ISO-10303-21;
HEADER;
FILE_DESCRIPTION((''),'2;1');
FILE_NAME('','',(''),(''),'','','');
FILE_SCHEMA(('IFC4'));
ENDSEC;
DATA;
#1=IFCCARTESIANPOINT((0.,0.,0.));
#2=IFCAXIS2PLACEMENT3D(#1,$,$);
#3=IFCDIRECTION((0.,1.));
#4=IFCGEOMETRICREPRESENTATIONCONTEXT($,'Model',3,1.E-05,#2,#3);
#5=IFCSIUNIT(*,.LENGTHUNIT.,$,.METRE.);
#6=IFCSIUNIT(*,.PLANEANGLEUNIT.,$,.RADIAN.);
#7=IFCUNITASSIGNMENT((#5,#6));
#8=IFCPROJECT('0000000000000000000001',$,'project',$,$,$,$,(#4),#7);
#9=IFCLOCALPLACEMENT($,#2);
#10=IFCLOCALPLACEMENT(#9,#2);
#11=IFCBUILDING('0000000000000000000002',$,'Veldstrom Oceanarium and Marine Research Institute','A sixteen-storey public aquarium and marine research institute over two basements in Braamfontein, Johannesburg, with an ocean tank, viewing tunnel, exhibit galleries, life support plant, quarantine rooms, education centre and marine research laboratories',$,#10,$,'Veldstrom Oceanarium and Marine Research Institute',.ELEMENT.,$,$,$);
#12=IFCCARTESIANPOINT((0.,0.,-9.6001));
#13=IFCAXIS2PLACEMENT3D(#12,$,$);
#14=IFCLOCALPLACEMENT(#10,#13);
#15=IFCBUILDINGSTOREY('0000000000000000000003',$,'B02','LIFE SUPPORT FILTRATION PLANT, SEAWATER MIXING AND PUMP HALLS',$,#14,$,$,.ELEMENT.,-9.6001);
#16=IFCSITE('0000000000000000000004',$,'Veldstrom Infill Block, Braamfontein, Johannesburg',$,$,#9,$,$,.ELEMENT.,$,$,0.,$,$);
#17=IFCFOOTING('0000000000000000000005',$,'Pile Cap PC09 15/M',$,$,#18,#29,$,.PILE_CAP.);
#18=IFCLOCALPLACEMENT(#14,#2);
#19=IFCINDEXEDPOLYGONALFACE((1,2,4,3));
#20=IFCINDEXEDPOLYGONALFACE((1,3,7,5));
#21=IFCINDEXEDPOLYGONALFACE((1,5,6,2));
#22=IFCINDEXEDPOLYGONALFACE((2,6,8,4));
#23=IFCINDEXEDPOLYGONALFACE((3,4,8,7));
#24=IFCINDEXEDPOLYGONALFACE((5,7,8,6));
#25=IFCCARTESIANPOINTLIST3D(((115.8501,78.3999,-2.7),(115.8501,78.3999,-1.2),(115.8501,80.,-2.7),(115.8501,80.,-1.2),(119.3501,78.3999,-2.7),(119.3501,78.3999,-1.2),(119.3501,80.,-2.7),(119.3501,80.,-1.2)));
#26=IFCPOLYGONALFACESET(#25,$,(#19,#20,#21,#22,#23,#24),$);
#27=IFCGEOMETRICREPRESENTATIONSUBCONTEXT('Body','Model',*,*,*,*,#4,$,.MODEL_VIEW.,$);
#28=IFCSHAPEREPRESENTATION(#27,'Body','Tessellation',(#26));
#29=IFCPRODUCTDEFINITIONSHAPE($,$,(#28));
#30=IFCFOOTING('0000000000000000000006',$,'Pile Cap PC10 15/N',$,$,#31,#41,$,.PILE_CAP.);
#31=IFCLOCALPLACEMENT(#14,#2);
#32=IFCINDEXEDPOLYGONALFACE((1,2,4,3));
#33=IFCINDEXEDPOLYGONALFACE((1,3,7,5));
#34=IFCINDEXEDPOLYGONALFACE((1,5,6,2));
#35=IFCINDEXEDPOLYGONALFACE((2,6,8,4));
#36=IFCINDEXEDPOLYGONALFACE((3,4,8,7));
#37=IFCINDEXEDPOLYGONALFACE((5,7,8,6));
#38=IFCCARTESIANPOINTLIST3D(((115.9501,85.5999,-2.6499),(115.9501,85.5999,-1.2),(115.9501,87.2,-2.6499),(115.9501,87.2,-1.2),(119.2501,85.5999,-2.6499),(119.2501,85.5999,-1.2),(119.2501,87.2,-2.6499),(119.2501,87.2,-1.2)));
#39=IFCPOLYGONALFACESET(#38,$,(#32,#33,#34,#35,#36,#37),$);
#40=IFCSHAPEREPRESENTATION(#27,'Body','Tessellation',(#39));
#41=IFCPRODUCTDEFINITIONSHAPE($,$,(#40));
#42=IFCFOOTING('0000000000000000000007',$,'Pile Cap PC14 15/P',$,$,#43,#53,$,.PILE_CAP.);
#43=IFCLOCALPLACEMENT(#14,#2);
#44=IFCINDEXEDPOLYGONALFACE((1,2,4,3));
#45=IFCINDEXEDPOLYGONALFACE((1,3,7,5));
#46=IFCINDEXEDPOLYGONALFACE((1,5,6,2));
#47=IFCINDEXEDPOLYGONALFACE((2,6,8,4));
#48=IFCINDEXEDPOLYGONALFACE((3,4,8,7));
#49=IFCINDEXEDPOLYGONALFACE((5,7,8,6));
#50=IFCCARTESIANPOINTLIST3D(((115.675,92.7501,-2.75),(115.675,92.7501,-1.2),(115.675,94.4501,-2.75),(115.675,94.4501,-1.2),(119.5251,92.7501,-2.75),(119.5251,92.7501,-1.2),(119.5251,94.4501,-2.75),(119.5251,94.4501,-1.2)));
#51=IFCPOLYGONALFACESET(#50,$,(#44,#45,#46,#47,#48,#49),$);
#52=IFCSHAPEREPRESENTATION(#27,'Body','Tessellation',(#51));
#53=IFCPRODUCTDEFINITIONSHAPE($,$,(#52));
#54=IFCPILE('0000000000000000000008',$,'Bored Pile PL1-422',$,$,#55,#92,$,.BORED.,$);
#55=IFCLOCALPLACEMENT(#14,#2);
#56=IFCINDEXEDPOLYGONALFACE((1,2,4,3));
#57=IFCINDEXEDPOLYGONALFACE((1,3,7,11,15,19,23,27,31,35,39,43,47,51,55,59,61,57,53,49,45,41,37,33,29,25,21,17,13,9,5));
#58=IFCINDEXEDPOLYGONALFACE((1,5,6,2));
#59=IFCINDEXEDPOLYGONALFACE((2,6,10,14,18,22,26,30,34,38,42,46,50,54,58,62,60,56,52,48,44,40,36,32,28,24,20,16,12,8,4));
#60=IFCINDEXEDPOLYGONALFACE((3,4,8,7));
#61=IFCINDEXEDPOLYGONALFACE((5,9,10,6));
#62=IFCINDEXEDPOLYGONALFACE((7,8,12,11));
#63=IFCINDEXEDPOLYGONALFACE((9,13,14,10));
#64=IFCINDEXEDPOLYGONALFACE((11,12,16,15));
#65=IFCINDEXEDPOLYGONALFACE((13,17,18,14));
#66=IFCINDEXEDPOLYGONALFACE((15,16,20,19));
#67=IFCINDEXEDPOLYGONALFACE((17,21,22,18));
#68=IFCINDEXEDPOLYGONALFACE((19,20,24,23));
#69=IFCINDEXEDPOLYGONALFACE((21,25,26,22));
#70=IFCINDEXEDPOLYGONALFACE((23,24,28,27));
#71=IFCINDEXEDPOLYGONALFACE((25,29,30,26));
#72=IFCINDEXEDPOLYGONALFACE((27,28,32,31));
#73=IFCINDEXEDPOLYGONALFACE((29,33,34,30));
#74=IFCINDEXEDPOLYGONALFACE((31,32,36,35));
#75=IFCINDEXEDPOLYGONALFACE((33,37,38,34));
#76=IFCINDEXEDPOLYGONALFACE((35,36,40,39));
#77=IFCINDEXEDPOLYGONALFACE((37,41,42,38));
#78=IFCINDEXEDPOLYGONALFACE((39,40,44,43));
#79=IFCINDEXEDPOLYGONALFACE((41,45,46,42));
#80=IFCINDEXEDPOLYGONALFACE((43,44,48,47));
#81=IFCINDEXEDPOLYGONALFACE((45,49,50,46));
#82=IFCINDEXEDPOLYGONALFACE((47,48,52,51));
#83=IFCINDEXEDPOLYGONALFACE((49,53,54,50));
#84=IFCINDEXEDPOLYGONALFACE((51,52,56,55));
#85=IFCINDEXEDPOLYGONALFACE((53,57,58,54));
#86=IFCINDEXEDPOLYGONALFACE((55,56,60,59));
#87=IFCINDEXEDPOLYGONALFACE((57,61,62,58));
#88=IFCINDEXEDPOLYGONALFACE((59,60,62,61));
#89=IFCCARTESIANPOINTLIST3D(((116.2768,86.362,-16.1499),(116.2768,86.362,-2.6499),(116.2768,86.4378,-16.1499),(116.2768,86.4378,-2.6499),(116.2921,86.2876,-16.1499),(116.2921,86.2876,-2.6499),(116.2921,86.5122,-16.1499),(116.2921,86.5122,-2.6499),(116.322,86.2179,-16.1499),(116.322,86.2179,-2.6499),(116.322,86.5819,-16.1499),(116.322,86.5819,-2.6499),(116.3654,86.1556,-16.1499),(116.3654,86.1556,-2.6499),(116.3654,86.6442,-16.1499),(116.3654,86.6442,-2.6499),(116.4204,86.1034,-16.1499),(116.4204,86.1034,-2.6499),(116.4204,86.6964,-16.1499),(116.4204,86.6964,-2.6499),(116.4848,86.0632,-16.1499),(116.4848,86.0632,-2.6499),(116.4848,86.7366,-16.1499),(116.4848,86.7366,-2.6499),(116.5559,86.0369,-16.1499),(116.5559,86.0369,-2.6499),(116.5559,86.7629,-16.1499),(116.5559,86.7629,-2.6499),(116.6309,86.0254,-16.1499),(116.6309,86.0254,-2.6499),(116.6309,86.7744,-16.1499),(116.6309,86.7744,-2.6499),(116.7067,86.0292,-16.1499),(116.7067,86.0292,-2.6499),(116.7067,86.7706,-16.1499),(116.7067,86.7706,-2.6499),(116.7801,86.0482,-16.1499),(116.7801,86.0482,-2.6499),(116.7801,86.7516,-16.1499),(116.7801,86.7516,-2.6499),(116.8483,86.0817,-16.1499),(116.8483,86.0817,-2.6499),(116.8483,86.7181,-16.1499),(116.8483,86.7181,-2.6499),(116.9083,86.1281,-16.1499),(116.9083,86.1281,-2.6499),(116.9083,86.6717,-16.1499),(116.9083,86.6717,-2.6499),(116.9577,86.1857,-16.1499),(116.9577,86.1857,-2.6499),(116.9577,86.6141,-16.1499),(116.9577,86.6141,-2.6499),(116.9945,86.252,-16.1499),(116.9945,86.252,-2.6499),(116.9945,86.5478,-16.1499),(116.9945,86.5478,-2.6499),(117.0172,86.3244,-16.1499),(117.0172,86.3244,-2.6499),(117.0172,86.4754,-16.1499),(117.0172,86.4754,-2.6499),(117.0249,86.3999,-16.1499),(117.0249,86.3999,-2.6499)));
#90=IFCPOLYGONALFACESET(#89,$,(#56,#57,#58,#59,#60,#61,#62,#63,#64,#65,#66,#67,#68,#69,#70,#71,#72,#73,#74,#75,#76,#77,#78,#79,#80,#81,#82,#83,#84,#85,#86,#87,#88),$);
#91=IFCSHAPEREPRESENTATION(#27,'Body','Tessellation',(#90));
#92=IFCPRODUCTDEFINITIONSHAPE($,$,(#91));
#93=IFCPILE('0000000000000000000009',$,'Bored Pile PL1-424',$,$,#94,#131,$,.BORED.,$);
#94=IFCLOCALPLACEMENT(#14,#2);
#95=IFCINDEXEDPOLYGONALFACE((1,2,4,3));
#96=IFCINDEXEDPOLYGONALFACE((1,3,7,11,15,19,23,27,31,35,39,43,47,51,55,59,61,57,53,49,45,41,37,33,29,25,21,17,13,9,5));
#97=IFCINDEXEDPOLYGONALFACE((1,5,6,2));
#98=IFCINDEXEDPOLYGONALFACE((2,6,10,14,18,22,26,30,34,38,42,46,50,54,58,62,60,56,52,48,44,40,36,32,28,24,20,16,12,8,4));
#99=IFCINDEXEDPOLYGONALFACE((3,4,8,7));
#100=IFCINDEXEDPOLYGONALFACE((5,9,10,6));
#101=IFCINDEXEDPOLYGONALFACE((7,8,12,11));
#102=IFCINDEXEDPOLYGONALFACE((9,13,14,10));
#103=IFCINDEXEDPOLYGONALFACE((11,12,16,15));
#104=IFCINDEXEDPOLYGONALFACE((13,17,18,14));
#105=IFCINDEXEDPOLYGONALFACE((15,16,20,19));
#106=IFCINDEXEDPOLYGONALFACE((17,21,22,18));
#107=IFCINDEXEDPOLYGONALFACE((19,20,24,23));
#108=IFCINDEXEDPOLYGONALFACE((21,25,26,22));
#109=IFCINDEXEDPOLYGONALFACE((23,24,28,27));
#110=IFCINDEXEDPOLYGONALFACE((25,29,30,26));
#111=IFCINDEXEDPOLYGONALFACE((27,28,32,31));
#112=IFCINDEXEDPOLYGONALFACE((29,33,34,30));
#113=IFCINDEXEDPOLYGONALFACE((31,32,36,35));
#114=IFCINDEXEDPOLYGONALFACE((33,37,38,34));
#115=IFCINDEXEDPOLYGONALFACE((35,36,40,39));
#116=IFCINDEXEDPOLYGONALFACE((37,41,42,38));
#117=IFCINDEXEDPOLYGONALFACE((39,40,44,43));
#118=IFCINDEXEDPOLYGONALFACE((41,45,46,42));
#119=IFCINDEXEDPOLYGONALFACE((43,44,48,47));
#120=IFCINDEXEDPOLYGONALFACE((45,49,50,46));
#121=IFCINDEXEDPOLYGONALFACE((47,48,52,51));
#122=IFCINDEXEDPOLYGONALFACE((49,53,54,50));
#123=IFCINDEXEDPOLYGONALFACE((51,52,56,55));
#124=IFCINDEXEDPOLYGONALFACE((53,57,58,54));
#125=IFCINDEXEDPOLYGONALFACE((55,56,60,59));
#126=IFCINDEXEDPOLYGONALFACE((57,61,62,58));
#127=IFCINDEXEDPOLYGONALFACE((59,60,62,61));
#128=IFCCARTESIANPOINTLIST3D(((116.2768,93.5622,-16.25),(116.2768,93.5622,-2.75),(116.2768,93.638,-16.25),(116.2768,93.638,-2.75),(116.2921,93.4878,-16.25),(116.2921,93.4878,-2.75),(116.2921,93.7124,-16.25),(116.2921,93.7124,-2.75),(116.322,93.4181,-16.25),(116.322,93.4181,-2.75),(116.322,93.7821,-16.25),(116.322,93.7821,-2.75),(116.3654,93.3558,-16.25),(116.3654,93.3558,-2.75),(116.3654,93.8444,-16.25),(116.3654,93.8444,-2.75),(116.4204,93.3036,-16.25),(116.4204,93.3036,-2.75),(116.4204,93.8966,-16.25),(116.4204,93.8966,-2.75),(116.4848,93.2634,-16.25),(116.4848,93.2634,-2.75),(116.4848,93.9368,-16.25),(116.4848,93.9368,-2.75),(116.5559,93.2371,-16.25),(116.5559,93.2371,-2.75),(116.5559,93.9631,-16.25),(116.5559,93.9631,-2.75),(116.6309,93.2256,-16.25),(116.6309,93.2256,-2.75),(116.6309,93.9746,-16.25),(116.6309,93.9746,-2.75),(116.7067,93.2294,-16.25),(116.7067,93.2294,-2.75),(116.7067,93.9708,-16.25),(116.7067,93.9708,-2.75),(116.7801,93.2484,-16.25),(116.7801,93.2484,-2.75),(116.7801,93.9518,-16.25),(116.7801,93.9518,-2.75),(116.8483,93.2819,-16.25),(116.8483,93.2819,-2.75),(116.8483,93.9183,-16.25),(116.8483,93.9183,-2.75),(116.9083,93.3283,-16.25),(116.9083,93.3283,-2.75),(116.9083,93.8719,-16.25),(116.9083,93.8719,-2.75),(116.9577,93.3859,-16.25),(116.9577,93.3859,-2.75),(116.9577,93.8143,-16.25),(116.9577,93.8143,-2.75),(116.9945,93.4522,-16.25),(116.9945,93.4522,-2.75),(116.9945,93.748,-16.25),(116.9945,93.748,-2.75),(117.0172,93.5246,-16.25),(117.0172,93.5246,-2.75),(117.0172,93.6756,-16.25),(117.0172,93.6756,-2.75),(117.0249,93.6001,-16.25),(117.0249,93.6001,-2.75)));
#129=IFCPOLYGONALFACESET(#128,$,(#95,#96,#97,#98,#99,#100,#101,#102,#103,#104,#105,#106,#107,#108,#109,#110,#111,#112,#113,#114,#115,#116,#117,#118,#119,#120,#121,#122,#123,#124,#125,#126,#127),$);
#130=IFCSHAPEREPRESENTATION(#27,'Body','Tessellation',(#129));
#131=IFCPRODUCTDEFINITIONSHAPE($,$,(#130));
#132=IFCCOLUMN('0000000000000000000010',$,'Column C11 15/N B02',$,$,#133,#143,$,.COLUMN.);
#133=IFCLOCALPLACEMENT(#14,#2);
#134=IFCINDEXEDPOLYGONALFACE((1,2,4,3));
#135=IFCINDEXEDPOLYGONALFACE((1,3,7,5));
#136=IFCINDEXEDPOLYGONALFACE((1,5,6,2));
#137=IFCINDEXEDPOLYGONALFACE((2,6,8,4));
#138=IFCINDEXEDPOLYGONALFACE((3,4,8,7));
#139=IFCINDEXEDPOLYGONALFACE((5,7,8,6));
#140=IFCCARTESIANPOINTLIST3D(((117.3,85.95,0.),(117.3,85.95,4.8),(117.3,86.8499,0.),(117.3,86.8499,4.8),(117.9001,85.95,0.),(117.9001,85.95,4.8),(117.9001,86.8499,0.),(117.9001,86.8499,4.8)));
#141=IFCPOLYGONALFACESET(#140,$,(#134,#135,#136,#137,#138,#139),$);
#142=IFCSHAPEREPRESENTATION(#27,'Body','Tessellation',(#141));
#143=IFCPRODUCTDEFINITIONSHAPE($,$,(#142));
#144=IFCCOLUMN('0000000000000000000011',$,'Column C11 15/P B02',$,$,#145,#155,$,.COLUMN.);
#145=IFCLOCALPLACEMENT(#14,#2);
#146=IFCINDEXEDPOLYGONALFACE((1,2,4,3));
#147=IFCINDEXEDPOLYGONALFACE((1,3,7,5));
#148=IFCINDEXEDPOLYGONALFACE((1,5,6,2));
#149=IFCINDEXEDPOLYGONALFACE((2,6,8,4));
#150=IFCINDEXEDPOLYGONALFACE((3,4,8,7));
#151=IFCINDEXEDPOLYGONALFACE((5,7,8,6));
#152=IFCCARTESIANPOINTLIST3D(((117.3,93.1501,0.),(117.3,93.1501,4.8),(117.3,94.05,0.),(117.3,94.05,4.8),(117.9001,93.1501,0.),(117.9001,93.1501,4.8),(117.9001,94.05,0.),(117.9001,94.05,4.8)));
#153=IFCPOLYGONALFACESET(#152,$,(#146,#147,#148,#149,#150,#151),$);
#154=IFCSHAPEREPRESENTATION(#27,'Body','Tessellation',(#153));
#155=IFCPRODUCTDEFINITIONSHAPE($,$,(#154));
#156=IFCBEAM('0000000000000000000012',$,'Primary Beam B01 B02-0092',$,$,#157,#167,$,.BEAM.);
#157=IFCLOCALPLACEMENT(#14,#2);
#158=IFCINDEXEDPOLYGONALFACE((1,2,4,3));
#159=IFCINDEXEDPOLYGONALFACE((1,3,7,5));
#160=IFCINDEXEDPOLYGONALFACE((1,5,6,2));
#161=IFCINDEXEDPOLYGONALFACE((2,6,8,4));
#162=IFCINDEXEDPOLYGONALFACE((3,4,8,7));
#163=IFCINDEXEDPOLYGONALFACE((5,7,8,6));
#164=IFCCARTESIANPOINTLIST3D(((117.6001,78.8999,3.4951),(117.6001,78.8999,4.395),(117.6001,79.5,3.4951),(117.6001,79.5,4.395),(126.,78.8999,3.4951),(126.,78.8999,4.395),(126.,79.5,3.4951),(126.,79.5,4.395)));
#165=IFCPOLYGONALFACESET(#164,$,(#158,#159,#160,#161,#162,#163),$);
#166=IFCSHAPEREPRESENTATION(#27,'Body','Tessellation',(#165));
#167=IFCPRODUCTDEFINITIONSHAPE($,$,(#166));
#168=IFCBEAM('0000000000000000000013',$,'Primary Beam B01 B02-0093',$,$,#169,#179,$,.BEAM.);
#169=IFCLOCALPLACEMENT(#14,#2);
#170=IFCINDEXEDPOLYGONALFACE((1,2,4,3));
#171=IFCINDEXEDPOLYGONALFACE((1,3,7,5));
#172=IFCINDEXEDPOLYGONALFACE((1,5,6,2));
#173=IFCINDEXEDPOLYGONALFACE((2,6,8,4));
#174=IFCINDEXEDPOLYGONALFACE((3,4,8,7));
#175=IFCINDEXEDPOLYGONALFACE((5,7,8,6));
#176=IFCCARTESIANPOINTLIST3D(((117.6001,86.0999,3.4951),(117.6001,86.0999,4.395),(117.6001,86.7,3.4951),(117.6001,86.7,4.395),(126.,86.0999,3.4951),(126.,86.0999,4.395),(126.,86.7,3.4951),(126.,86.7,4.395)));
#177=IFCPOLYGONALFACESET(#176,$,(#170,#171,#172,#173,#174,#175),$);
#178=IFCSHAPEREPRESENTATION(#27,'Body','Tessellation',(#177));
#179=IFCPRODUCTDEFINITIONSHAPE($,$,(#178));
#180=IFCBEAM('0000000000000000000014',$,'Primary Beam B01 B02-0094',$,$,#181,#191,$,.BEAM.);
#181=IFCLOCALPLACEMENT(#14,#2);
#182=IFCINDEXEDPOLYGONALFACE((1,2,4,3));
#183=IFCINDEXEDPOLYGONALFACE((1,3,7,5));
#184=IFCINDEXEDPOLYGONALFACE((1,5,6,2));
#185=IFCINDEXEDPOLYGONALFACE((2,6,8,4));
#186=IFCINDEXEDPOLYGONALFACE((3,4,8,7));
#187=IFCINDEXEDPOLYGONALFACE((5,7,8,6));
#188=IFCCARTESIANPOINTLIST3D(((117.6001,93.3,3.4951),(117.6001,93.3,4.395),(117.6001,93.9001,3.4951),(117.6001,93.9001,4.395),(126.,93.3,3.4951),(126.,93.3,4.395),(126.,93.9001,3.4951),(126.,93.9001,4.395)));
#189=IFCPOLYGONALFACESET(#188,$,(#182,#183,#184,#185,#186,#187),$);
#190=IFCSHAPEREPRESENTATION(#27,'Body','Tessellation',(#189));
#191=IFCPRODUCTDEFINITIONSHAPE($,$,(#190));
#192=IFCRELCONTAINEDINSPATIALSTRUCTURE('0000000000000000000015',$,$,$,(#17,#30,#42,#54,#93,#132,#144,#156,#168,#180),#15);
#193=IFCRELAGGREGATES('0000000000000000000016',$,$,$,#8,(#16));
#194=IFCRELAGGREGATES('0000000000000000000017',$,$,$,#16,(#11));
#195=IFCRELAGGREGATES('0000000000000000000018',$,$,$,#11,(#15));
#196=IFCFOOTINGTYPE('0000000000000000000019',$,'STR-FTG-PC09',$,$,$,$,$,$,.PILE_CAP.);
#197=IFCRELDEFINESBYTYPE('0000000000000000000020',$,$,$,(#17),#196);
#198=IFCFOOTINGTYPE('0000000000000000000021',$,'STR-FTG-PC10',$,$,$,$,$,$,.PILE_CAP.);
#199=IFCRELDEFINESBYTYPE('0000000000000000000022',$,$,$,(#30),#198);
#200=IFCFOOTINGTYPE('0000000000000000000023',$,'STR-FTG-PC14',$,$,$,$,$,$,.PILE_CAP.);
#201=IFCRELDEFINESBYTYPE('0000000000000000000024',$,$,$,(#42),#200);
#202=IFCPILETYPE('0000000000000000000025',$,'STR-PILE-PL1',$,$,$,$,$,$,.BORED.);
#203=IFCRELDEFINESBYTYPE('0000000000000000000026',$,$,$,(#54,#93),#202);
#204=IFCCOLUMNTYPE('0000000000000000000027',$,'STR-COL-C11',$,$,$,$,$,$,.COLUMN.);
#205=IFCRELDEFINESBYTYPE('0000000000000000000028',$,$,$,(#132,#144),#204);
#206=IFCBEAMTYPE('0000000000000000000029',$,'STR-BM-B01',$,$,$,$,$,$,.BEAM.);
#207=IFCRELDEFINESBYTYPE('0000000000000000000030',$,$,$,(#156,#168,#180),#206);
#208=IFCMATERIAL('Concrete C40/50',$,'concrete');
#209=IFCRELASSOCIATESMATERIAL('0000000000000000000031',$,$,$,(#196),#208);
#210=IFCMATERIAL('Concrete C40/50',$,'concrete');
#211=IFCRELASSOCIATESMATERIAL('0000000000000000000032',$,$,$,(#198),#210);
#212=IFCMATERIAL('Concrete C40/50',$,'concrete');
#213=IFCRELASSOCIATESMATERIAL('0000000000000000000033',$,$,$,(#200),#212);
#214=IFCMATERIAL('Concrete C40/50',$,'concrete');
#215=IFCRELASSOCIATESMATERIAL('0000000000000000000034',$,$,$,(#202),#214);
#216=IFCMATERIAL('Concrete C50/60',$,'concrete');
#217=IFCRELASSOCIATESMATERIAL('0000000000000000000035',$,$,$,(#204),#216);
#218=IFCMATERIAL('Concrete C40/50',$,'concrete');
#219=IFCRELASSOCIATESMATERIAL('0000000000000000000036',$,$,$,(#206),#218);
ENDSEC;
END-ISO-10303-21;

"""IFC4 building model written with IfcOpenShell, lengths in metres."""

from ifc_helpers import new_model, si_unit, direction, frame, origin, origin_2d, place, context, subcontext, project, spatial, rectangle, circle, extrude, material, material_profile, profile_set, type_object, element, save


model = new_model("IFC4")

# Units and contexts
model_context = context("Model", 3, precision=1e-05, world=origin(), true_north=direction((0.0, 1.0)))
body_context = subcontext(model_context, "Body", "Model", "MODEL_VIEW")
ifc_project = project(units=[si_unit("LENGTHUNIT", "METRE"), si_unit("PLANEANGLEUNIT", "RADIAN")], contexts=[model_context])

# Site, building, storey
site_placement = place(None, origin())
site = spatial("IfcSite", under=ifc_project, at=site_placement, Name="Veldstrom Infill Block, Braamfontein, Johannesburg", CompositionType="ELEMENT", RefElevation=0.0)
building_placement = place(site_placement, origin())
building = spatial("IfcBuilding", under=site, at=building_placement, Name="Veldstrom Oceanarium and Marine Research Institute", Description="A sixteen-storey public aquarium and marine research institute over two basements in Braamfontein, Johannesburg, with an ocean tank, viewing tunnel, exhibit galleries, life support plant, quarantine rooms, education centre and marine research laboratories", LongName="Veldstrom Oceanarium and Marine Research Institute", CompositionType="ELEMENT")
storey_placement = place(building_placement, frame((0.0, 0.0, -9.6001)))
storey = spatial("IfcBuildingStorey", under=building, at=storey_placement, Name="B02", Description="LIFE SUPPORT FILTRATION PLANT, SEAWATER MIXING AND PUMP HALLS", CompositionType="ELEMENT", Elevation=-9.6001)

# Footings
ifc_material_1 = material(Name="Concrete C40/50", Category="concrete")
footing_type_1 = type_object("IfcFootingType", Name="STR-FTG-PC09", PredefinedType="PILE_CAP", material=ifc_material_1)
footing_1_placement = place(storey_placement, frame((117.6001, 79.2, -2.7), z_axis=(0.0, 0.0, 1.0), x_axis=(1.0, 0.0, 0.0)))
element("IfcFooting", 1, at=footing_1_placement, inside=storey, type_object=footing_type_1, Name="Pile Cap PC09 15/M", PredefinedType="PILE_CAP", context=body_context, shape_type="SweptSolid", body=[
    extrude(rectangle(XDim=3.5, YDim=1.6001, at=origin_2d()), origin(), (0.0, 0.0, 1.0), 1.5),
])
ifc_material_2 = material(Name="Concrete C40/50", Category="concrete")
footing_type_2 = type_object("IfcFootingType", Name="STR-FTG-PC10", PredefinedType="PILE_CAP", material=ifc_material_2)
footing_2_placement = place(storey_placement, frame((117.6001, 86.3999, -2.6499), z_axis=(0.0, 0.0, 1.0), x_axis=(1.0, 0.0, 0.0)))
element("IfcFooting", 2, at=footing_2_placement, inside=storey, type_object=footing_type_2, Name="Pile Cap PC10 15/N", PredefinedType="PILE_CAP", context=body_context, shape_type="SweptSolid", body=[
    extrude(rectangle(XDim=3.3, YDim=1.6001, at=origin_2d()), origin(), (0.0, 0.0, 1.0), 1.45),
])
ifc_material_3 = material(Name="Concrete C40/50", Category="concrete")
footing_type_3 = type_object("IfcFootingType", Name="STR-FTG-PC14", PredefinedType="PILE_CAP", material=ifc_material_3)
footing_3_placement = place(storey_placement, frame((117.6001, 93.6001, -2.75), z_axis=(0.0, 0.0, 1.0), x_axis=(1.0, 0.0, 0.0)))
element("IfcFooting", 3, at=footing_3_placement, inside=storey, type_object=footing_type_3, Name="Pile Cap PC14 15/P", PredefinedType="PILE_CAP", context=body_context, shape_type="SweptSolid", body=[
    extrude(rectangle(XDim=3.8501, YDim=1.7, at=origin_2d()), origin(), (0.0, 0.0, 1.0), 1.55),
])

# Piles
ifc_material_4 = material(Name="Concrete C40/50", Category="concrete")
ifc_material_profile_1 = material_profile(ifc_material_4, circle(Radius=0.375, at=origin_2d()), Name="PILE-D750")
ifc_profile_set_1 = profile_set([ifc_material_profile_1], Name="Concrete C40/50")
pile_type = type_object("IfcPileType", Name="STR-PILE-PL1", PredefinedType="BORED", material=ifc_profile_set_1)
for number, where, z_axis, x_axis, name in (
    (4, (116.6499, 86.3999, -2.6499), (0.0, 0.0, -1.0), (1.0, 0.0, 0.0), "Bored Pile PL1-422"),
    (5, (116.6499, 93.6001, -2.75), (0.0, 0.0, -1.0), (1.0, 0.0, 0.0), "Bored Pile PL1-424"),
):
    element("IfcPile", number, at=place(storey_placement, frame(where, z_axis=z_axis, x_axis=x_axis)), inside=storey, type_object=pile_type, Name=name, PredefinedType="BORED", context=body_context, shape_type="SweptSolid", body=[
        extrude(circle(Radius=0.375, at=origin_2d()), origin(), (0.0, 0.0, 1.0), 13.5),
    ])

# Columns
ifc_material_5 = material(Name="Concrete C50/60", Category="concrete")
ifc_material_profile_2 = material_profile(ifc_material_5, rectangle(XDim=0.6001, YDim=0.8999, at=origin_2d()), Name="RC-COL-900x600")
ifc_profile_set_2 = profile_set([ifc_material_profile_2], Name="Concrete C50/60")
column_type = type_object("IfcColumnType", Name="STR-COL-C11", PredefinedType="COLUMN", material=ifc_profile_set_2)
for number, where, z_axis, x_axis, name in (
    (6, (117.6001, 86.3999, 0.0), (0.0, 0.0, 1.0), (1.0, 0.0, 0.0), "Column C11 15/N B02"),
    (7, (117.6001, 93.6001, 0.0), (0.0, 0.0, 1.0), (1.0, 0.0, 0.0), "Column C11 15/P B02"),
):
    element("IfcColumn", number, at=place(storey_placement, frame(where, z_axis=z_axis, x_axis=x_axis)), inside=storey, type_object=column_type, Name=name, PredefinedType="COLUMN", context=body_context, shape_type="SweptSolid", body=[
        extrude(rectangle(XDim=0.6001, YDim=0.8999, at=origin_2d()), origin(), (0.0, 0.0, 1.0), 4.8),
    ])

# Beams
ifc_material_6 = material(Name="Concrete C40/50", Category="concrete")
ifc_material_profile_3 = material_profile(ifc_material_6, rectangle(XDim=0.6001, YDim=0.8999, at=origin_2d()), Name="RC-BM-600x900")
ifc_profile_set_3 = profile_set([ifc_material_profile_3], Name="Concrete C40/50")
beam_type = type_object("IfcBeamType", Name="STR-BM-B01", PredefinedType="BEAM", material=ifc_profile_set_3)
for number, where, z_axis, x_axis, name in (
    (8, (117.6001, 79.2, 3.9451), (1.0, 0.0, 0.0), (0.0, 1.0, 0.0), "Primary Beam B01 B02-0092"),
    (9, (117.6001, 86.3999, 3.9451), (1.0, 0.0, 0.0), (0.0, 1.0, 0.0), "Primary Beam B01 B02-0093"),
    (10, (117.6001, 93.6001, 3.9451), (1.0, 0.0, 0.0), (0.0, 1.0, 0.0), "Primary Beam B01 B02-0094"),
):
    element("IfcBeam", number, at=place(storey_placement, frame(where, z_axis=z_axis, x_axis=x_axis)), inside=storey, type_object=beam_type, Name=name, PredefinedType="BEAM", context=body_context, shape_type="SweptSolid", body=[
        extrude(rectangle(XDim=0.6001, YDim=0.8999, at=origin_2d()), origin(), (0.0, 0.0, 1.0), 8.3999),
    ])

save(model, "model.ifc")
